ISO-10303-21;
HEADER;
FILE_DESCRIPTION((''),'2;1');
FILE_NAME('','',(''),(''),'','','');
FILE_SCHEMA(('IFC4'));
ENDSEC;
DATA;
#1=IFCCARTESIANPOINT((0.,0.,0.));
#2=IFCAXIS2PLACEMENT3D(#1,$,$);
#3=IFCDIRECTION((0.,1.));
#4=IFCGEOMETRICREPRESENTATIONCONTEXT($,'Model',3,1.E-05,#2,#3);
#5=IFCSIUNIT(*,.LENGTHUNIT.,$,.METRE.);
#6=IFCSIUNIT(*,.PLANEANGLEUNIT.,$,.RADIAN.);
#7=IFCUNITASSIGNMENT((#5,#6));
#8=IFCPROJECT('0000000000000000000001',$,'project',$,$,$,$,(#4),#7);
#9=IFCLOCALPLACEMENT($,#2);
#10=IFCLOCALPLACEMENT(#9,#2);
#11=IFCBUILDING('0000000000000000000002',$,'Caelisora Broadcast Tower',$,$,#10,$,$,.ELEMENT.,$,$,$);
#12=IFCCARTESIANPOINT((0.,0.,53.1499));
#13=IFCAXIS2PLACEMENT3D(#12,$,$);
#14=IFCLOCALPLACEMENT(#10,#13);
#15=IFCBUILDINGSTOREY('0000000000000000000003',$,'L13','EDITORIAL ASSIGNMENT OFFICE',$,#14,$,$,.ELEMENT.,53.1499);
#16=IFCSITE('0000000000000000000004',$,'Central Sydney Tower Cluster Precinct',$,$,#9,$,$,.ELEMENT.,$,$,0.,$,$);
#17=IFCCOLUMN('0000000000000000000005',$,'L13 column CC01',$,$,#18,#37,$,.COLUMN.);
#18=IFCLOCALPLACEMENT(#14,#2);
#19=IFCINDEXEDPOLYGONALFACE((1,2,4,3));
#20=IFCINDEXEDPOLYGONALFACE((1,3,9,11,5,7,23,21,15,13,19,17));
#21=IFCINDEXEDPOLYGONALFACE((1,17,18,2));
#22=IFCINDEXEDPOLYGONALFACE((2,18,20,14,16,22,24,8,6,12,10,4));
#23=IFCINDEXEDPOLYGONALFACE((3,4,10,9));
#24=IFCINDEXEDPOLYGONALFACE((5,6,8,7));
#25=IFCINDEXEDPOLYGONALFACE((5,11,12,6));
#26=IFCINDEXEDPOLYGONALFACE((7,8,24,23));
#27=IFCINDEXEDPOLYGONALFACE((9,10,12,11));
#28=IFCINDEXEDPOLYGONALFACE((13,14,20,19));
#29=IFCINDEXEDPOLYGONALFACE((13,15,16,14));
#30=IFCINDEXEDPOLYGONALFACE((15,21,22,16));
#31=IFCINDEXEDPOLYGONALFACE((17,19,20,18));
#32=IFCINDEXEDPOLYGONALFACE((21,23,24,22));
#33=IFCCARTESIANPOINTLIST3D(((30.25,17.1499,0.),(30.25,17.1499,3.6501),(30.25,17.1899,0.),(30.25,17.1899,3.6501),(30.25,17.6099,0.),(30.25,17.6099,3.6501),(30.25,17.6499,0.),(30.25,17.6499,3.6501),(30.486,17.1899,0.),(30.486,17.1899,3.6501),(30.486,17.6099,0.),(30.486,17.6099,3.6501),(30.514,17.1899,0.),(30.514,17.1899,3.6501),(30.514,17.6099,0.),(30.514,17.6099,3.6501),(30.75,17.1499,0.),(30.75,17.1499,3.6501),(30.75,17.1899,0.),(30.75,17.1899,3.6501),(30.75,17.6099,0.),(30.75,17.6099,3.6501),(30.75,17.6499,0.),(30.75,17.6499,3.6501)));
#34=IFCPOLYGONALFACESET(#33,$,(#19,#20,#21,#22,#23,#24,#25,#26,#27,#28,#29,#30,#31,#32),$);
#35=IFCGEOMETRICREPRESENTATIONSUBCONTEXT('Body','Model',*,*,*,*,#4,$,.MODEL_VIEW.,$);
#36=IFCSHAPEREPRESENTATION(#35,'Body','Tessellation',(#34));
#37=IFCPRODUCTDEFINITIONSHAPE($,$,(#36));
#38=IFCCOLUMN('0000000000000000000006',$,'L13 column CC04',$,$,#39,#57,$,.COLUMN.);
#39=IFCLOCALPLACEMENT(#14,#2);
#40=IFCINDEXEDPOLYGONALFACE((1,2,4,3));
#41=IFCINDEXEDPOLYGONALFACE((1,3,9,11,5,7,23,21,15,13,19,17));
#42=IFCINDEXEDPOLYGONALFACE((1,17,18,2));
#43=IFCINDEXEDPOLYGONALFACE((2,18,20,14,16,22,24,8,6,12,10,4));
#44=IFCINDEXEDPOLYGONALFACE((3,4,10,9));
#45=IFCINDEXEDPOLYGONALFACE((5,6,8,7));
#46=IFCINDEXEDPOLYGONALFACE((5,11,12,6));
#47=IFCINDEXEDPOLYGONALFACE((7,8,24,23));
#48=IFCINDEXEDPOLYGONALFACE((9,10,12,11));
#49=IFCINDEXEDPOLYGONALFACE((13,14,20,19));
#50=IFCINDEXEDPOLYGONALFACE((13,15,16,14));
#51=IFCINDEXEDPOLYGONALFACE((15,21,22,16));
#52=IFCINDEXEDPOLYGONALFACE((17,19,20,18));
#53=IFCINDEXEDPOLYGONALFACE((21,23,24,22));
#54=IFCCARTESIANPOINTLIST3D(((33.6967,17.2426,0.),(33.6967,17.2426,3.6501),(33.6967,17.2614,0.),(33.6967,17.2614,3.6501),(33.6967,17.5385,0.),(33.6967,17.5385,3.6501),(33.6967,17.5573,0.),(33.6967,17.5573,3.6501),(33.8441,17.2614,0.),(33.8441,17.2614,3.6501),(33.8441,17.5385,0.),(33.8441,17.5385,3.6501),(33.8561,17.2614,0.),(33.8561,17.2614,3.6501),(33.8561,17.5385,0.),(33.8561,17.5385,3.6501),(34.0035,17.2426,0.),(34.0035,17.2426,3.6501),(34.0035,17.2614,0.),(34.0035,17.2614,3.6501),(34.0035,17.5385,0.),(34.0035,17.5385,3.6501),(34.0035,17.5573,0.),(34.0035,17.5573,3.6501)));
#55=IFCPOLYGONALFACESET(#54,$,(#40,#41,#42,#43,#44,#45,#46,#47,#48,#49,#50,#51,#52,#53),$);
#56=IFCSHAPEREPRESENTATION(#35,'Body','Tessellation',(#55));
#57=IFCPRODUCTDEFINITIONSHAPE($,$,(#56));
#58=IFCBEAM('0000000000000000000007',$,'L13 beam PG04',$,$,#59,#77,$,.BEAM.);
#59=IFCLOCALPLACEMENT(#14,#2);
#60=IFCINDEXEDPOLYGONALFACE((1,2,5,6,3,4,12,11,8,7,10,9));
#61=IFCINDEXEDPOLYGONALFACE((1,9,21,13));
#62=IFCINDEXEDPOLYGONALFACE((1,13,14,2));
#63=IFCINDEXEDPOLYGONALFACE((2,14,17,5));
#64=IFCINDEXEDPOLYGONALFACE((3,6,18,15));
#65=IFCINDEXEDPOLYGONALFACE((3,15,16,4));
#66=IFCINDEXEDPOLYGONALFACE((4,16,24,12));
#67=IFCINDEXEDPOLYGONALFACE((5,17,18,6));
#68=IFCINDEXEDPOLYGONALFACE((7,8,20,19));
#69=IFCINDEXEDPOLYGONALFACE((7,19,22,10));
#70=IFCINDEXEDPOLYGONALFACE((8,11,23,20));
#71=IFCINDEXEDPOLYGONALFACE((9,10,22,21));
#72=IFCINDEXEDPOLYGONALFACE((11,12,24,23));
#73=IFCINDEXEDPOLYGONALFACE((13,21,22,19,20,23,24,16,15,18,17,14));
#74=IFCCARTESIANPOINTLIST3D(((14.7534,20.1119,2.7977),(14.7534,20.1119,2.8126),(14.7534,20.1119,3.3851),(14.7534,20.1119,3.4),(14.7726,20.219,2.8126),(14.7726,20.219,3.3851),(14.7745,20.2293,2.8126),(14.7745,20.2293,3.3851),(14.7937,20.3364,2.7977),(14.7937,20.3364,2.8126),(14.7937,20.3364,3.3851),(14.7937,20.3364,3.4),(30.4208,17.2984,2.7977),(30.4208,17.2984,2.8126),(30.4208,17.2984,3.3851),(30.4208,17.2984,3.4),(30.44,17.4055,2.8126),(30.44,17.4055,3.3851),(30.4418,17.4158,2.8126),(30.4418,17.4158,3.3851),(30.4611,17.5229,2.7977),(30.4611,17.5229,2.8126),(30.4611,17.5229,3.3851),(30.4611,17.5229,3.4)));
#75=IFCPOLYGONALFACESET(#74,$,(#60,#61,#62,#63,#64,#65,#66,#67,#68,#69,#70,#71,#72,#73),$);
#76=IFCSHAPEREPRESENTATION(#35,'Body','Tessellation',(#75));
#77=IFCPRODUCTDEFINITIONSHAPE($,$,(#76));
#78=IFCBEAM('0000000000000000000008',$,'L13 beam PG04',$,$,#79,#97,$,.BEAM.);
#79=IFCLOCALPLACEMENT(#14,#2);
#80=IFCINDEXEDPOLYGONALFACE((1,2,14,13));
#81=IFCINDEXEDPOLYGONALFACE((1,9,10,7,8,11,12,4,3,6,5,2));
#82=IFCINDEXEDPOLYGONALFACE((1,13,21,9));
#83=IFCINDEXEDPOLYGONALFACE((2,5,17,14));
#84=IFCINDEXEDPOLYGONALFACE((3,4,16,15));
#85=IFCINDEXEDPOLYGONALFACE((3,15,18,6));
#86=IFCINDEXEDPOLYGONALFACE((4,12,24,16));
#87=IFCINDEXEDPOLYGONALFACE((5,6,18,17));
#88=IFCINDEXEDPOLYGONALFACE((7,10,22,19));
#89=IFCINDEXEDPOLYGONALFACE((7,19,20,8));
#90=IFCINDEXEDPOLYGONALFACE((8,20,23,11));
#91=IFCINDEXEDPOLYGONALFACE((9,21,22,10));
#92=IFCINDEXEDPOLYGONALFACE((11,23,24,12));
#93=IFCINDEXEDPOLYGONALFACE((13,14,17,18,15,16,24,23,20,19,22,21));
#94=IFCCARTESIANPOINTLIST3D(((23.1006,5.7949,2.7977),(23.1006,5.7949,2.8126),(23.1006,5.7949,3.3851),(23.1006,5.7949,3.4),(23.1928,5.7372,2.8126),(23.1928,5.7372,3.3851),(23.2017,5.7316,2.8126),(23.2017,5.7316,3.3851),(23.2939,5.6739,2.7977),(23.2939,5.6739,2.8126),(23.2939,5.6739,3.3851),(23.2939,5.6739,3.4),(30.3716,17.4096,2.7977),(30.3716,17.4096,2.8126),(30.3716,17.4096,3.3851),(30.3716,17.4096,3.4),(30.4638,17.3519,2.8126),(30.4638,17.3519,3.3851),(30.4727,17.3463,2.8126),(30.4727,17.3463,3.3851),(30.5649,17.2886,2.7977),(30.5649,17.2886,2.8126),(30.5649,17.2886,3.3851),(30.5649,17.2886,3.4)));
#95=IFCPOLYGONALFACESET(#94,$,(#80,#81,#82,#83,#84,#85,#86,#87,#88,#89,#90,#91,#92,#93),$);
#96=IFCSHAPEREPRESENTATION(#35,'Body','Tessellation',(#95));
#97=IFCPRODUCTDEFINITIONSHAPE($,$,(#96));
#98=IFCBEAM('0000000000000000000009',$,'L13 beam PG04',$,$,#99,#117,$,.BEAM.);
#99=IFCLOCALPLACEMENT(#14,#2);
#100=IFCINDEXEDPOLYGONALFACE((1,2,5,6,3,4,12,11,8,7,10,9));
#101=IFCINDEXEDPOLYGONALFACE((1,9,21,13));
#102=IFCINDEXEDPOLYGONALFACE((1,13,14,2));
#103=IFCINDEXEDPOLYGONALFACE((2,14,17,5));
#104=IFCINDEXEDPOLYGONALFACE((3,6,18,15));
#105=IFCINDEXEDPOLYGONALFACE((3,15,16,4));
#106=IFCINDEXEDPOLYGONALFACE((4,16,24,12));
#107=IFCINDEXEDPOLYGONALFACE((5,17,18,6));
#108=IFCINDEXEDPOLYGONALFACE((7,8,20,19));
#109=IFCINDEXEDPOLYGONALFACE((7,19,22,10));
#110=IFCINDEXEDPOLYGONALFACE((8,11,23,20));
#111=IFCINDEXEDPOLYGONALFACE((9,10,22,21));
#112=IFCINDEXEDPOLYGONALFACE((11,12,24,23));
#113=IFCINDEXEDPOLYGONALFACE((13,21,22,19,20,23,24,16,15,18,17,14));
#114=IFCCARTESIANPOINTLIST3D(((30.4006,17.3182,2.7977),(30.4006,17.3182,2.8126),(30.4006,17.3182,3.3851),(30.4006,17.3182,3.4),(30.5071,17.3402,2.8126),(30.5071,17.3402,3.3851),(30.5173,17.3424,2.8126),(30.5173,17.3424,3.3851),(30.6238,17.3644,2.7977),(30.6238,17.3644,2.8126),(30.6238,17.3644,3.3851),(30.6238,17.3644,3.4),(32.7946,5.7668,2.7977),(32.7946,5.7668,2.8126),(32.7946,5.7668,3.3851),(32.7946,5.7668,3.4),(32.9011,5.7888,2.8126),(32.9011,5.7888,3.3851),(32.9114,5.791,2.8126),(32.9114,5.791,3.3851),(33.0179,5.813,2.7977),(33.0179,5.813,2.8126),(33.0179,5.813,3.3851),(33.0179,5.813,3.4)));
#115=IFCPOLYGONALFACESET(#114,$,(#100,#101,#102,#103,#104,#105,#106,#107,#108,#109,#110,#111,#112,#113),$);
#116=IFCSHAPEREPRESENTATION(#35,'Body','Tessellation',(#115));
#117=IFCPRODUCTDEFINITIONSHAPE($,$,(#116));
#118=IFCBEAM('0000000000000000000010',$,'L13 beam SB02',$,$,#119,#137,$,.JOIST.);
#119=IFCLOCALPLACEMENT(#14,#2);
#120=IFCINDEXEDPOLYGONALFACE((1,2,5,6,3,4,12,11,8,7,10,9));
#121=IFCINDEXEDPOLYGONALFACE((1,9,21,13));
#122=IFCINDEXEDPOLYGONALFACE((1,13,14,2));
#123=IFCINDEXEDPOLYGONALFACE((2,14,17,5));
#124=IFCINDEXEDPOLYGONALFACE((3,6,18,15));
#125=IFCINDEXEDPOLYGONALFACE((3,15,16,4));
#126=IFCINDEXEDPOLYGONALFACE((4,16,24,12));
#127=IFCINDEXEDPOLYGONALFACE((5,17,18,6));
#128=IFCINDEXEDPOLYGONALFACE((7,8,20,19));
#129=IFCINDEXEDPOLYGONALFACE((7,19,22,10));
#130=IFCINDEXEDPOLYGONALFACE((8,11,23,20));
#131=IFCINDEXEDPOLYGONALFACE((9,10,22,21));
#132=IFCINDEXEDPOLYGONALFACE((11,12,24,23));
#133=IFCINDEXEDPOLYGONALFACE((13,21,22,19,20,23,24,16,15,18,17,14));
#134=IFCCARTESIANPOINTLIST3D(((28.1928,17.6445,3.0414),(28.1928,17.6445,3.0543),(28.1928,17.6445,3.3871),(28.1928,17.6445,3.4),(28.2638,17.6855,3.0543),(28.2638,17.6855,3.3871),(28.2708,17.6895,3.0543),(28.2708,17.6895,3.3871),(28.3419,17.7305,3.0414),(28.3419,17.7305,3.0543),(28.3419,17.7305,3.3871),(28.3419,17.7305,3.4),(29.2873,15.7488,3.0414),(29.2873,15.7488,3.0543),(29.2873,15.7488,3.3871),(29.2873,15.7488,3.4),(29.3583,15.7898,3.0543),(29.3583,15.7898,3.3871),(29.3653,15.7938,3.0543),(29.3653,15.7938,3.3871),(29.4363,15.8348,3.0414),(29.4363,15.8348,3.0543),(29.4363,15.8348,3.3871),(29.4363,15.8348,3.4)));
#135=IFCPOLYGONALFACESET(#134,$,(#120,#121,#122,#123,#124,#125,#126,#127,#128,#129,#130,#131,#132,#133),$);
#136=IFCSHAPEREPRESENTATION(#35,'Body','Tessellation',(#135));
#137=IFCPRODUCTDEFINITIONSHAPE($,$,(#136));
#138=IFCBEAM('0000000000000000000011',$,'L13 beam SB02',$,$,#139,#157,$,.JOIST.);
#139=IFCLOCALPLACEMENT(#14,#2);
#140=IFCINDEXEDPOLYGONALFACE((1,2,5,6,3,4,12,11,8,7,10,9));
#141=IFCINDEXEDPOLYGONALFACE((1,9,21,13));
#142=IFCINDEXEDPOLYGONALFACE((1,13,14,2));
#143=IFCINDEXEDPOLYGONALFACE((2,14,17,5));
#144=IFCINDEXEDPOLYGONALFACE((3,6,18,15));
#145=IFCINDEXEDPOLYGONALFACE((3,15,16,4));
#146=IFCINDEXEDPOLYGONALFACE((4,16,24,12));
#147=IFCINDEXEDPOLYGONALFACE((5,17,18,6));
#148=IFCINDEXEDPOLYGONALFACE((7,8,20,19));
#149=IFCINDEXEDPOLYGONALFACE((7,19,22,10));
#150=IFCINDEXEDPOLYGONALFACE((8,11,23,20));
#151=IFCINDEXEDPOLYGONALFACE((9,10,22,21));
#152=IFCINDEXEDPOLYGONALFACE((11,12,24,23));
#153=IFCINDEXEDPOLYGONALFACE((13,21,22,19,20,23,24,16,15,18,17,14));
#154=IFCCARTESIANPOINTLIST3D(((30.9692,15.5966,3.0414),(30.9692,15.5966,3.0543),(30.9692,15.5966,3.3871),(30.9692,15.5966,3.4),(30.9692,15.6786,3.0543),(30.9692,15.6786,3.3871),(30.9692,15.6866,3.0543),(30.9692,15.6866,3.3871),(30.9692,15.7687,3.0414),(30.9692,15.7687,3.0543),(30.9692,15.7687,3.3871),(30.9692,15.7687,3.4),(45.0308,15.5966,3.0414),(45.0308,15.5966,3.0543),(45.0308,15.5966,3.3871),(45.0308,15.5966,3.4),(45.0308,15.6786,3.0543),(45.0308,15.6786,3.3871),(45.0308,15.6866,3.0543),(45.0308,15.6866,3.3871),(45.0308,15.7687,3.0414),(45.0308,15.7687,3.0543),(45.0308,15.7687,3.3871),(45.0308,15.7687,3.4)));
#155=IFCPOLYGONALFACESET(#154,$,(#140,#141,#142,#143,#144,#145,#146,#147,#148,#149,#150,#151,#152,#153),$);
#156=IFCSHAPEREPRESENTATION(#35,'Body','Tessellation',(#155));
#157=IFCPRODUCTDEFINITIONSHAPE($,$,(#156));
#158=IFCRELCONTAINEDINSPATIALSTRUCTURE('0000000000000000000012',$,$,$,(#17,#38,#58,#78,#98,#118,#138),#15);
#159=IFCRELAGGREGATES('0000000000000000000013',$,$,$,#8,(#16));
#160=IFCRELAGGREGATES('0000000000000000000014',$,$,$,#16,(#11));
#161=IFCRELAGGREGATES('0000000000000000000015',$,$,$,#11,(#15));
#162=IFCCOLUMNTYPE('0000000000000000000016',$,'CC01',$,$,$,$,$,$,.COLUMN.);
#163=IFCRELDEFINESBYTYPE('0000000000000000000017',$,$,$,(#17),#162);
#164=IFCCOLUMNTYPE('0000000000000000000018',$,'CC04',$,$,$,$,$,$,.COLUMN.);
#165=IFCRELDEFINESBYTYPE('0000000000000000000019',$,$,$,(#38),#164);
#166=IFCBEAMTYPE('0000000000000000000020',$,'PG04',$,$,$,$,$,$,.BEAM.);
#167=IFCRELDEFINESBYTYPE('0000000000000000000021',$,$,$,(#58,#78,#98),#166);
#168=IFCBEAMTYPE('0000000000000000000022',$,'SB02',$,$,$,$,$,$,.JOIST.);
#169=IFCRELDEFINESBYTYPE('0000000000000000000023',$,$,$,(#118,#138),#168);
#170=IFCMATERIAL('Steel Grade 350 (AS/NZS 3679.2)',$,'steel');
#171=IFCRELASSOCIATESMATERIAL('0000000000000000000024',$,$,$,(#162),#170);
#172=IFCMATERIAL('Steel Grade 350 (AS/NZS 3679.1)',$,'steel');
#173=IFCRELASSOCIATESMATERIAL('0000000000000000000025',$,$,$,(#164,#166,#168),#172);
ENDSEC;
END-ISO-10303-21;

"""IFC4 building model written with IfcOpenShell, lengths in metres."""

from ifc_helpers import new_model, si_unit, direction, frame, origin, origin_2d, place, context, subcontext, project, spatial, i_section, extrude, source, transform, mapped, material, material_profile, profile_set, type_object, type_shapes, element, save


model = new_model("IFC4")

# Units and contexts
model_context = context("Model", 3, precision=1e-05, world=origin(), true_north=direction((0.0, 1.0)))
body_context = subcontext(model_context, "Body", "Model", "MODEL_VIEW")
ifc_project = project(units=[si_unit("LENGTHUNIT", "METRE"), si_unit("PLANEANGLEUNIT", "RADIAN")], contexts=[model_context])

# Site, building, storey
site_placement = place(None, origin())
site = spatial("IfcSite", under=ifc_project, at=site_placement, Name="Central Sydney Tower Cluster Precinct", CompositionType="ELEMENT", RefElevation=0.0)
building_placement = place(site_placement, origin())
building = spatial("IfcBuilding", under=site, at=building_placement, Name="Caelisora Broadcast Tower", CompositionType="ELEMENT")
storey_placement = place(building_placement, frame((0.0, 0.0, 53.1499)))
storey = spatial("IfcBuildingStorey", under=building, at=storey_placement, Name="L13", Description="EDITORIAL ASSIGNMENT OFFICE", CompositionType="ELEMENT", Elevation=53.1499)

# Columns
ifc_material_1 = material(Name="Steel Grade 350 (AS/NZS 3679.2)", Category="steel")
ifc_material_profile_1 = material_profile(ifc_material_1, i_section(OverallWidth=0.5, OverallDepth=0.5, WebThickness=0.0281, FlangeThickness=0.04, at=origin_2d()), Name="Steel Grade 350 (AS/NZS 3679.2)")
ifc_profile_set_1 = profile_set([ifc_material_profile_1], Name="Steel Grade 350 (AS/NZS 3679.2)")
column_type_1 = type_object("IfcColumnType", Name="CC01", PredefinedType="COLUMN", material=ifc_profile_set_1)
shared_shape_1 = source(origin(), body_context, "Body", "SweptSolid", [
    extrude(i_section(OverallWidth=0.5, OverallDepth=0.5, WebThickness=0.0281, FlangeThickness=0.04, at=origin_2d()), origin(), (0.0, 0.0, 1.0), 3.6501),
])
type_shapes(column_type_1, [shared_shape_1])
column_1_placement = place(storey_placement, frame((30.5, 17.3999, 0.0), z_axis=(0.0, 0.0, 1.0), x_axis=(1.0, 0.0, 0.0)))
element("IfcColumn", 1, at=column_1_placement, inside=storey, type_object=column_type_1, Name="L13 column CC01", PredefinedType="COLUMN", context=body_context, shape_type="MappedRepresentation", body=[
    mapped(shared_shape_1, transform((0.0, 0.0, 0.0), scale=1.0)),
])
ifc_material_2 = material(Name="Steel Grade 350 (AS/NZS 3679.1)", Category="steel")
ifc_material_profile_2 = material_profile(ifc_material_2, i_section(OverallWidth=0.3069, OverallDepth=0.3147, WebThickness=0.012, FlangeThickness=0.0188, at=origin_2d()), Name="Steel Grade 350 (AS/NZS 3679.1)")
ifc_profile_set_2 = profile_set([ifc_material_profile_2], Name="Steel Grade 350 (AS/NZS 3679.1)")
column_type_2 = type_object("IfcColumnType", Name="CC04", PredefinedType="COLUMN", material=ifc_profile_set_2)
shared_shape_2 = source(origin(), body_context, "Body", "SweptSolid", [
    extrude(i_section(OverallWidth=0.3069, OverallDepth=0.3147, WebThickness=0.012, FlangeThickness=0.0188, at=origin_2d()), origin(), (0.0, 0.0, 1.0), 3.6501),
])
type_shapes(column_type_2, [shared_shape_2])
column_2_placement = place(storey_placement, frame((33.8501, 17.3999, 0.0), z_axis=(0.0, 0.0, 1.0), x_axis=(1.0, 0.0, 0.0)))
element("IfcColumn", 2, at=column_2_placement, inside=storey, type_object=column_type_2, Name="L13 column CC04", PredefinedType="COLUMN", context=body_context, shape_type="MappedRepresentation", body=[
    mapped(shared_shape_2, transform((0.0, 0.0, 0.0), scale=1.0)),
])

# Beams
ifc_material_profile_3 = material_profile(ifc_material_2, i_section(OverallWidth=0.228, OverallDepth=0.6023, WebThickness=0.0105, FlangeThickness=0.0149, at=origin_2d()), Name="Steel Grade 350 (AS/NZS 3679.1)")
ifc_profile_set_3 = profile_set([ifc_material_profile_3], Name="Steel Grade 350 (AS/NZS 3679.1)")
beam_type_1 = type_object("IfcBeamType", Name="PG04", PredefinedType="BEAM", material=ifc_profile_set_3)
shared_shape_3 = source(origin(), body_context, "Body", "SweptSolid", [
    extrude(i_section(OverallWidth=0.228, OverallDepth=0.6023, WebThickness=0.0105, FlangeThickness=0.0149, at=origin_2d()), origin(), (0.0, 0.0, 1.0), 15.918),
])
beam_1_placement = place(storey_placement, frame((30.4409, 17.4106, 3.0989), z_axis=(-0.984256, 0.17675, 0.0), x_axis=(-0.17675, -0.984256, 0.0)))
element("IfcBeam", 3, at=beam_1_placement, inside=storey, type_object=beam_type_1, Name="L13 beam PG04", PredefinedType="BEAM", context=body_context, shape_type="MappedRepresentation", body=[
    mapped(shared_shape_3, transform((0.0, 0.0, 0.0), scale=1.0)),
])
shared_shape_4 = source(origin(), body_context, "Body", "SweptSolid", [
    extrude(i_section(OverallWidth=0.228, OverallDepth=0.6023, WebThickness=0.0105, FlangeThickness=0.0149, at=origin_2d()), origin(), (0.0, 0.0, 1.0), 13.7029),
])
beam_2_placement = place(storey_placement, frame((30.4683, 17.3491, 3.0989), z_axis=(-0.530617, -0.847612, 0.0), x_axis=(0.847612, -0.530617, 0.0)))
element("IfcBeam", 4, at=beam_2_placement, inside=storey, type_object=beam_type_1, Name="L13 beam PG04", PredefinedType="BEAM", context=body_context, shape_type="MappedRepresentation", body=[
    mapped(shared_shape_4, transform((0.0, 0.0, 0.0), scale=1.0)),
])
shared_shape_5 = source(origin(), body_context, "Body", "SweptSolid", [
    extrude(i_section(OverallWidth=0.228, OverallDepth=0.6023, WebThickness=0.0105, FlangeThickness=0.0149, at=origin_2d()), origin(), (0.0, 0.0, 1.0), 11.7969),
])
type_shapes(beam_type_1, [shared_shape_3, shared_shape_4, shared_shape_5])
beam_3_placement = place(storey_placement, frame((30.5122, 17.3413, 3.0989), z_axis=(0.202937, -0.979192, 0.0), x_axis=(0.979192, 0.202937, 0.0)))
element("IfcBeam", 5, at=beam_3_placement, inside=storey, type_object=beam_type_1, Name="L13 beam PG04", PredefinedType="BEAM", context=body_context, shape_type="MappedRepresentation", body=[
    mapped(shared_shape_5, transform((0.0, 0.0, 0.0), scale=1.0)),
])
ifc_material_profile_4 = material_profile(ifc_material_2, i_section(OverallWidth=0.1721, OverallDepth=0.3586, WebThickness=0.0081, FlangeThickness=0.0129, at=origin_2d()), Name="Steel Grade 350 (AS/NZS 3679.1)")
ifc_profile_set_4 = profile_set([ifc_material_profile_4], Name="Steel Grade 350 (AS/NZS 3679.1)")
beam_type_2 = type_object("IfcBeamType", Name="SB02", PredefinedType="JOIST", material=ifc_profile_set_4)
shared_shape_6 = source(origin(), body_context, "Body", "SweptSolid", [
    extrude(i_section(OverallWidth=0.1721, OverallDepth=0.3586, WebThickness=0.0081, FlangeThickness=0.0129, at=origin_2d()), origin(), (0.0, 0.0, 1.0), 2.189),
])
beam_4_placement = place(storey_placement, frame((28.2673, 17.6875, 3.2207), z_axis=(0.49999, -0.866031, 0.0), x_axis=(0.866031, 0.49999, 0.0)))
element("IfcBeam", 6, at=beam_4_placement, inside=storey, type_object=beam_type_2, Name="L13 beam SB02", PredefinedType="JOIST", context=body_context, shape_type="MappedRepresentation", body=[
    mapped(shared_shape_6, transform((0.0, 0.0, 0.0), scale=1.0)),
])
shared_shape_7 = source(origin(), body_context, "Body", "SweptSolid", [
    extrude(i_section(OverallWidth=0.1721, OverallDepth=0.3586, WebThickness=0.0081, FlangeThickness=0.0129, at=origin_2d()), origin(), (0.0, 0.0, 1.0), 14.0615),
])
beam_5_placement = place(storey_placement, frame((30.9692, 15.6826, 3.2207), z_axis=(1.0, 0.0, 0.0), x_axis=(0.0, 1.0, 0.0)))
element("IfcBeam", 7, at=beam_5_placement, inside=storey, type_object=beam_type_2, Name="L13 beam SB02", PredefinedType="JOIST", context=body_context, shape_type="MappedRepresentation", body=[
    mapped(shared_shape_7, transform((0.0, 0.0, 0.0), scale=1.0)),
])

save(model, "model.ifc")
